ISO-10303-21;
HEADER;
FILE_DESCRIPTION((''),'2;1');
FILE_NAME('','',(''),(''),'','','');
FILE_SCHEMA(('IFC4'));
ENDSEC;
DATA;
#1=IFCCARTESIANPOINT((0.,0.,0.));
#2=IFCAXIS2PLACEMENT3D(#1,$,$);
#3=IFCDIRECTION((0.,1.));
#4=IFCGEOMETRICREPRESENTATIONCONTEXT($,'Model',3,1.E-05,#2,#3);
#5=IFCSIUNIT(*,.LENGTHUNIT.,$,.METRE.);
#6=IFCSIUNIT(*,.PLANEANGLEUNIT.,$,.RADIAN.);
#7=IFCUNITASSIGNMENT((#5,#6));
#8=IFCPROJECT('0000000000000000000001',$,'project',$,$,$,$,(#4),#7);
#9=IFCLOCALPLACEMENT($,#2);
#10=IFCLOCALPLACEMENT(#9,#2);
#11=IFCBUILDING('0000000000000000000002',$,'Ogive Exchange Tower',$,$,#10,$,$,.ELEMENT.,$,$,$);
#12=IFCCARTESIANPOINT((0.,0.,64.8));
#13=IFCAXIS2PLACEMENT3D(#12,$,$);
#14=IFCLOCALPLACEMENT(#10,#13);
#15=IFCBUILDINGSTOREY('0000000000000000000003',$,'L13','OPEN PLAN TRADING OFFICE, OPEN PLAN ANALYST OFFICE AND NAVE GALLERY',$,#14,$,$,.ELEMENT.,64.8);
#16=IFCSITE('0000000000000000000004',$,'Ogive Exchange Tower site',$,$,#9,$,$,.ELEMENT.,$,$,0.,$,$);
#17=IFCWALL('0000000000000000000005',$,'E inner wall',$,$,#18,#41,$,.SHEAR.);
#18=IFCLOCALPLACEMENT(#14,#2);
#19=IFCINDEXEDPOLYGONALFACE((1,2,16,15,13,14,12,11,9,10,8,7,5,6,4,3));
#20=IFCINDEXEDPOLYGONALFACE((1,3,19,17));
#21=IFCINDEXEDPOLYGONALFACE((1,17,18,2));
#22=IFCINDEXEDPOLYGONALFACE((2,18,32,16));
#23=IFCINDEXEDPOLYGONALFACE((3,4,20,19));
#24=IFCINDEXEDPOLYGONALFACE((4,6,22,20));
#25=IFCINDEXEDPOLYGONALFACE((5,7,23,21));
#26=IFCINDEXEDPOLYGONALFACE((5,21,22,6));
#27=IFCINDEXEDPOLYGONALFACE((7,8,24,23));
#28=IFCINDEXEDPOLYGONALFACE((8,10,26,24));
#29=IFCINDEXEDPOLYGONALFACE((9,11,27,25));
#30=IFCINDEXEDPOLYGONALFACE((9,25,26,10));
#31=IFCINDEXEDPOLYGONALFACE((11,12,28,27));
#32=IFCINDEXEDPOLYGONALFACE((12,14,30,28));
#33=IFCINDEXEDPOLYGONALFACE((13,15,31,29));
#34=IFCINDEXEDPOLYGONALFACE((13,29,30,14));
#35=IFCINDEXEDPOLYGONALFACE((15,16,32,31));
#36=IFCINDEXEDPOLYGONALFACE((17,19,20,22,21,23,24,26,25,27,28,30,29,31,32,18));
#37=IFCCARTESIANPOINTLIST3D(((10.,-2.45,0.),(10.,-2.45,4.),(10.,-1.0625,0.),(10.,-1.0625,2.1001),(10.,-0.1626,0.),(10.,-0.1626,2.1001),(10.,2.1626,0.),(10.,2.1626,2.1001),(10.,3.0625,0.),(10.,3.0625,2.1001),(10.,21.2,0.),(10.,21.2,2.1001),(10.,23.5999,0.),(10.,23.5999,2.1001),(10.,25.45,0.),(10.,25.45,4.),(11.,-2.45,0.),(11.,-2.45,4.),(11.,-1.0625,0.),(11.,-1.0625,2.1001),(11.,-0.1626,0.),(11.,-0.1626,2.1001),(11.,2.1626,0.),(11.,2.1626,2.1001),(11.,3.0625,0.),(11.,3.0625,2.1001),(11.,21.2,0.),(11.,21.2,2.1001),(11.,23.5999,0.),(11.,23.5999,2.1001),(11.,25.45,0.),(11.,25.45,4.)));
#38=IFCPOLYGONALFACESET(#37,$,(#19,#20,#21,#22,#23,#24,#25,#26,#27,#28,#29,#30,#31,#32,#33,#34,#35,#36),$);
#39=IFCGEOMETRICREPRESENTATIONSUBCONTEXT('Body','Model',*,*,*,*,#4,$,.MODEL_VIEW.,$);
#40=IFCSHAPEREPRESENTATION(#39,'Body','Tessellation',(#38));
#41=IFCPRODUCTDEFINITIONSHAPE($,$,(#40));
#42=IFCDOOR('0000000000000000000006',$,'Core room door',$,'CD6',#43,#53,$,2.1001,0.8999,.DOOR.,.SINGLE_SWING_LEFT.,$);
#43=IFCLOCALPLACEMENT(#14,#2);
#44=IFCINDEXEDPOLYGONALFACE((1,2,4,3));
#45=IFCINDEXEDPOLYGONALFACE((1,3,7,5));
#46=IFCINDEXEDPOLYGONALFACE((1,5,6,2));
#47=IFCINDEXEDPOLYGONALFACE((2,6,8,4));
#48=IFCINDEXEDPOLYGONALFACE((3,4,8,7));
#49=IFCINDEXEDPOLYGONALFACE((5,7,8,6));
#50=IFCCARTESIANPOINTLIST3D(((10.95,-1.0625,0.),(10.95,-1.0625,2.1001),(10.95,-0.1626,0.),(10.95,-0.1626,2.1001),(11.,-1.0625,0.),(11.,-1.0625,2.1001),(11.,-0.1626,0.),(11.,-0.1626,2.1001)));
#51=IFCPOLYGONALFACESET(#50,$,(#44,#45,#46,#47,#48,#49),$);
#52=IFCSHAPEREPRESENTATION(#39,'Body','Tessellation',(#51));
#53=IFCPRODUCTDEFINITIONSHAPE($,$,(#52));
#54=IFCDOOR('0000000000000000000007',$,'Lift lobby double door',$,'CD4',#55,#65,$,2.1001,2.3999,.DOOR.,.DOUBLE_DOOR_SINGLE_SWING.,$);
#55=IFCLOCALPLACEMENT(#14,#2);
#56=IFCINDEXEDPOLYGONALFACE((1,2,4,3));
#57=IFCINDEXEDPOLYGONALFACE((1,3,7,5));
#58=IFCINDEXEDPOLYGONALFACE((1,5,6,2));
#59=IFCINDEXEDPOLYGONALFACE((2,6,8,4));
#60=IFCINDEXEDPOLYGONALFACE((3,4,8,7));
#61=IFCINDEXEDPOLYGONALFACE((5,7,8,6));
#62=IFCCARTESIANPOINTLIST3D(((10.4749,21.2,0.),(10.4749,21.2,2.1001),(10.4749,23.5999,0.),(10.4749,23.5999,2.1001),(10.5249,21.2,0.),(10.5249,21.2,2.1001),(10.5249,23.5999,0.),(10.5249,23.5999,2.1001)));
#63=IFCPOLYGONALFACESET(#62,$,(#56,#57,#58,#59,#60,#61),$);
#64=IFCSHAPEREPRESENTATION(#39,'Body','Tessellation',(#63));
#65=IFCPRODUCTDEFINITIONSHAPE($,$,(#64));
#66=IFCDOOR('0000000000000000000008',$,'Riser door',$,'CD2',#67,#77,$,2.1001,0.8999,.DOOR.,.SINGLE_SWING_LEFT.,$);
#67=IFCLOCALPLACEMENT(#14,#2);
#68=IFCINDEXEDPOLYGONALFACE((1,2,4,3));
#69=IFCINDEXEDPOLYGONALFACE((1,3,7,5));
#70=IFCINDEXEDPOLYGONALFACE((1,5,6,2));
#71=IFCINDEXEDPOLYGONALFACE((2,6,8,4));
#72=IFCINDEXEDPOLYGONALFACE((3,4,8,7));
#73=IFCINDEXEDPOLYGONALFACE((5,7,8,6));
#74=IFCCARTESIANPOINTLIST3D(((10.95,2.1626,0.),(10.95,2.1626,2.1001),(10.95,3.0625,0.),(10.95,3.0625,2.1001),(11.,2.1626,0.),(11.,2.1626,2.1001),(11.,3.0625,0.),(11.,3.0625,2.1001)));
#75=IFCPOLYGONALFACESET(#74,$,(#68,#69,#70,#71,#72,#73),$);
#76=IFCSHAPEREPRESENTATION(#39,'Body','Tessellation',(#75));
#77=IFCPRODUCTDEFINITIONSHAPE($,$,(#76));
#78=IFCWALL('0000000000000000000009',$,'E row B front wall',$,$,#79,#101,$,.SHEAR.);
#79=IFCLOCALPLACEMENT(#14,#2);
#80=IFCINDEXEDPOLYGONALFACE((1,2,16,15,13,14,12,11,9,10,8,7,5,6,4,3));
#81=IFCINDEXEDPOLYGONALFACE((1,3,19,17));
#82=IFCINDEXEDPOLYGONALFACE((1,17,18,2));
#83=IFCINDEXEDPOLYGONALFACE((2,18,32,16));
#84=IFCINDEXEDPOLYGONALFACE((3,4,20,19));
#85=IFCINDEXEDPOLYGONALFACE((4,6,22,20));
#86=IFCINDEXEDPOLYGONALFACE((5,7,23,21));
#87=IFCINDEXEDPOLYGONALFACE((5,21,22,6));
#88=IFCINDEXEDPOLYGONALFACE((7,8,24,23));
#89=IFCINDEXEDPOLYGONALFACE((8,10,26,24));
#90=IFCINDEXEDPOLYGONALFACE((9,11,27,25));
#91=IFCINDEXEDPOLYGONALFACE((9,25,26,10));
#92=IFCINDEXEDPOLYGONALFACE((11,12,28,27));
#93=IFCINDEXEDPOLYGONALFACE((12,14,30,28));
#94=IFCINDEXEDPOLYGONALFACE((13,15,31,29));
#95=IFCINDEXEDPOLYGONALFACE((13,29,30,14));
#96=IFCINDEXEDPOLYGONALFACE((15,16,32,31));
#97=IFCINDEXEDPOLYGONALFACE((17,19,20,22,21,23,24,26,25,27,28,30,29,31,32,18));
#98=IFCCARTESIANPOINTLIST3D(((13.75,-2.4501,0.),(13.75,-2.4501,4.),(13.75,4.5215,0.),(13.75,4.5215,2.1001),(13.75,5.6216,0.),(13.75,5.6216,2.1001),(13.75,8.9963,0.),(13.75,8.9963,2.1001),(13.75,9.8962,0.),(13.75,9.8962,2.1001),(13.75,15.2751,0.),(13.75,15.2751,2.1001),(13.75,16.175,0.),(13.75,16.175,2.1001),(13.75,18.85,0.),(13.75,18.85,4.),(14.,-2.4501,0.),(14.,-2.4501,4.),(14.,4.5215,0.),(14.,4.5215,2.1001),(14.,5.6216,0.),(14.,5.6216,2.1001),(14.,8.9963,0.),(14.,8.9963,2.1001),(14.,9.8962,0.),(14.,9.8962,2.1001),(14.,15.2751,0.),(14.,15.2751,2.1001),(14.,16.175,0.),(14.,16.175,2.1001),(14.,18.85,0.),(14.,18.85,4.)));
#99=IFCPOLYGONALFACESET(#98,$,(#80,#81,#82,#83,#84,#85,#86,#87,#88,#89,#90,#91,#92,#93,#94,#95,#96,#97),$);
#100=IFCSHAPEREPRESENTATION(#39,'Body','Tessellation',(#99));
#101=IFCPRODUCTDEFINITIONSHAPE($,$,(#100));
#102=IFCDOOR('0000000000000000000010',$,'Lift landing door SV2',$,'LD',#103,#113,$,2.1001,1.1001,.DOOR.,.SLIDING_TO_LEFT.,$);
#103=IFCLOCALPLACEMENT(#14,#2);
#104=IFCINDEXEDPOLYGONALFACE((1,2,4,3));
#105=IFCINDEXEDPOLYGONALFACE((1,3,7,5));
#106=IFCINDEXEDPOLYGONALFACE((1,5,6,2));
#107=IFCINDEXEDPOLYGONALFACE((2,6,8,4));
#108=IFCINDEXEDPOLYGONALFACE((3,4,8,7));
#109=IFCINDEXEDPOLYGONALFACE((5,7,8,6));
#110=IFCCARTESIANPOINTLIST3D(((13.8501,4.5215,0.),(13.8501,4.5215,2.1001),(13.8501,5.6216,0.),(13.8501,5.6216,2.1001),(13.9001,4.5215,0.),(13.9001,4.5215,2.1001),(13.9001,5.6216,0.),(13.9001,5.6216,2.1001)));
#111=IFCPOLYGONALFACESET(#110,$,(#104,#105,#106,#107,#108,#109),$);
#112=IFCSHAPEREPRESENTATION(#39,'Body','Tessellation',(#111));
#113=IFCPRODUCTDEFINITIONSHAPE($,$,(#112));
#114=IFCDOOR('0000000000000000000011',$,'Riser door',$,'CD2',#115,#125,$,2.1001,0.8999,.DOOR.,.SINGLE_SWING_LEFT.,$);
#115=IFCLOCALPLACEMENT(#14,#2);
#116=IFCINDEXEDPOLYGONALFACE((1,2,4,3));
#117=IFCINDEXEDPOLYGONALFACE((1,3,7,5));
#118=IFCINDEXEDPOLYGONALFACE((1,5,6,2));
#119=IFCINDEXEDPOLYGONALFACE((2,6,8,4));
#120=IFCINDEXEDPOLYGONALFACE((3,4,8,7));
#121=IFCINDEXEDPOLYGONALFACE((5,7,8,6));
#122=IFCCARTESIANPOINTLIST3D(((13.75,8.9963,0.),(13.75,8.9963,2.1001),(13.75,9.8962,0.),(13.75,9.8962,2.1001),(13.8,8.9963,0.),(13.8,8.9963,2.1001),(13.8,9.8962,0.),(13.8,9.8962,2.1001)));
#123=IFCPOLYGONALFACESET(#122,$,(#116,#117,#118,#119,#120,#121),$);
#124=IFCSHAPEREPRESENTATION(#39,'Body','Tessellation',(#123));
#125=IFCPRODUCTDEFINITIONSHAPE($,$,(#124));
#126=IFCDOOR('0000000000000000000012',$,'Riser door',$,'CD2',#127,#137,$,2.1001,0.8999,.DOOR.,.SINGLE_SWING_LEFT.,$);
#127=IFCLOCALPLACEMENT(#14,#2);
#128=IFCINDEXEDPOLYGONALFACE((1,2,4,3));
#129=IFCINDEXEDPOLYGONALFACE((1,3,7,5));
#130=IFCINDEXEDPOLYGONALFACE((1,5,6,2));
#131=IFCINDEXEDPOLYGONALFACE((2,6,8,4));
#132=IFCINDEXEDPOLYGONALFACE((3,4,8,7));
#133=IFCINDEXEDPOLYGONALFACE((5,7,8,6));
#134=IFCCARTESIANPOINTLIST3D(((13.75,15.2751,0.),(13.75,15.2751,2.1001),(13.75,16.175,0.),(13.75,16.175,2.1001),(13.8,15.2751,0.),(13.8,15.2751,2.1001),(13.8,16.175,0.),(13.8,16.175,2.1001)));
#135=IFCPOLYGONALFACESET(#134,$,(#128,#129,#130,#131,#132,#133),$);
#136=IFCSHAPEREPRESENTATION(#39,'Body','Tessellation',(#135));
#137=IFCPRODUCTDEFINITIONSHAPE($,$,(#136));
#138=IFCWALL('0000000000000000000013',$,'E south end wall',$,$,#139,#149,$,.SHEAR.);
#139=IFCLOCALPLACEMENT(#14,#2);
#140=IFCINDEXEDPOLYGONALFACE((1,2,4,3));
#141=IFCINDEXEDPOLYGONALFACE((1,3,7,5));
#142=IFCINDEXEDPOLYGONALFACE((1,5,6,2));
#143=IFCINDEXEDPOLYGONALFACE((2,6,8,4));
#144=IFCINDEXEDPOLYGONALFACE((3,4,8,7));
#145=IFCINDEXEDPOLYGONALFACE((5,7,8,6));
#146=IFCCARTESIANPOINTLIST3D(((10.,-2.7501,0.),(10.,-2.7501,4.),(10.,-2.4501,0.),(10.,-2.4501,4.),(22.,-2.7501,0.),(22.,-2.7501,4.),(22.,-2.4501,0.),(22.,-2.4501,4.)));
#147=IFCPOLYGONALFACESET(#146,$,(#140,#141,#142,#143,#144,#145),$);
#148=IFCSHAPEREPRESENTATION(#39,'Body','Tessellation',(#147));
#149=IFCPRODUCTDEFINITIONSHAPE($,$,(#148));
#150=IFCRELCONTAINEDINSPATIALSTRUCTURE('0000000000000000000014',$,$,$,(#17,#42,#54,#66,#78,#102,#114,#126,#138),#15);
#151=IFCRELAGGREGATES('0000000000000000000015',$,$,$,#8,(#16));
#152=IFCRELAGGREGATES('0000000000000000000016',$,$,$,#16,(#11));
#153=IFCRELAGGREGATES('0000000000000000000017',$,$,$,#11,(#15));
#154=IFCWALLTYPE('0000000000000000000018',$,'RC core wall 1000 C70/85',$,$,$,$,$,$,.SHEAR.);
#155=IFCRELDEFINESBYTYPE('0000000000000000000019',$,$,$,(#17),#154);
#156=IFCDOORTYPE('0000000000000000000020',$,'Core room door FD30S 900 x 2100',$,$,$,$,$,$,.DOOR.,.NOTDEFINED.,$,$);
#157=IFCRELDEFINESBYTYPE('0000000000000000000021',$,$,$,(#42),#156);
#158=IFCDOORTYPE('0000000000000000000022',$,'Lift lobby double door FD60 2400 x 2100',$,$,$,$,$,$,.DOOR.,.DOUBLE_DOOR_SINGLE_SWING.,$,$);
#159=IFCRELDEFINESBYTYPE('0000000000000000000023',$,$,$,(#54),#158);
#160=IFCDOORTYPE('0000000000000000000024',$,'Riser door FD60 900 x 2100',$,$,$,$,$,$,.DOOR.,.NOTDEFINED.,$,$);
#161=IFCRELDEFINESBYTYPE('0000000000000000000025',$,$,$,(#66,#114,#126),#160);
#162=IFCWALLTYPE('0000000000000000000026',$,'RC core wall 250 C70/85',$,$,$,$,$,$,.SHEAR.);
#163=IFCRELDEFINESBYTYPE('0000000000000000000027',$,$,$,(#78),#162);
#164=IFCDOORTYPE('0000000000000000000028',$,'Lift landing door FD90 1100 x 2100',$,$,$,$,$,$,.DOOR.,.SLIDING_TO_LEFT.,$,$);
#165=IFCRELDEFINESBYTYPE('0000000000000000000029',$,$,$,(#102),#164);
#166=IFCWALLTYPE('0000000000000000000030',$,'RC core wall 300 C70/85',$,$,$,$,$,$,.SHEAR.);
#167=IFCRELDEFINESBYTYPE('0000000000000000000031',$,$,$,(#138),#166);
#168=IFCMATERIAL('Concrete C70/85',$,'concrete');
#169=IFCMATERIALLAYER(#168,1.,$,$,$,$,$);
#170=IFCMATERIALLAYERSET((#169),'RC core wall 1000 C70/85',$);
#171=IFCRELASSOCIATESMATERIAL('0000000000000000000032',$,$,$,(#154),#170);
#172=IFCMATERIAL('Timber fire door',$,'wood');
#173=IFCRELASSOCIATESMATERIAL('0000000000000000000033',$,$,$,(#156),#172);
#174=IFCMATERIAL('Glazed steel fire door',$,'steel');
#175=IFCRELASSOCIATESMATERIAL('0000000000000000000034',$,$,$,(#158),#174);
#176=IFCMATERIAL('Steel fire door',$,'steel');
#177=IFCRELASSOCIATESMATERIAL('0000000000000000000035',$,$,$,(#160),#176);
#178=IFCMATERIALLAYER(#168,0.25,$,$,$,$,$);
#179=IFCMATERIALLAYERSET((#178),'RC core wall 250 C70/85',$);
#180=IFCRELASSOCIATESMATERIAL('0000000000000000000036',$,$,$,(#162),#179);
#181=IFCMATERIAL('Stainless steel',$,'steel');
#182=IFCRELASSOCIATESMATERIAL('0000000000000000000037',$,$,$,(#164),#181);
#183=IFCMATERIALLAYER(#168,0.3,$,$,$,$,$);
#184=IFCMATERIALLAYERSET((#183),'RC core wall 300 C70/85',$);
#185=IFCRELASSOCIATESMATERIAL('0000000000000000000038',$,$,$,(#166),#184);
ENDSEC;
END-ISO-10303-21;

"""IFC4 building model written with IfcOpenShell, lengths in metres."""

from ifc_helpers import new_model, si_unit, direction, frame, frame_2d, origin, place, context, subcontext, project, spatial, rectangle, extrude, material, layer, layer_set, type_object, element, fill, save


model = new_model("IFC4")

# Units and contexts
model_context = context("Model", 3, precision=1e-05, world=origin(), true_north=direction((0.0, 1.0)))
body_context = subcontext(model_context, "Body", "Model", "MODEL_VIEW")
ifc_project = project(units=[si_unit("LENGTHUNIT", "METRE"), si_unit("PLANEANGLEUNIT", "RADIAN")], contexts=[model_context])

# Site, building, storey
site_placement = place(None, origin())
site = spatial("IfcSite", under=ifc_project, at=site_placement, Name="Ogive Exchange Tower site", CompositionType="ELEMENT", RefElevation=0.0)
building_placement = place(site_placement, origin())
building = spatial("IfcBuilding", under=site, at=building_placement, Name="Ogive Exchange Tower", CompositionType="ELEMENT")
storey_placement = place(building_placement, frame((0.0, 0.0, 64.8)))
storey = spatial("IfcBuildingStorey", under=building, at=storey_placement, Name="L13", Description="OPEN PLAN TRADING OFFICE, OPEN PLAN ANALYST OFFICE AND NAVE GALLERY", CompositionType="ELEMENT", Elevation=64.8)

# Shared definitions
ifc_material_1 = material(Name="Concrete C70/85", Category="concrete")

# Walls, openings, doors
ifc_layer_1 = layer(ifc_material_1, 1.0)
ifc_layer_set_1 = layer_set([ifc_layer_1], Name="RC core wall 1000 C70/85")
wall_type_1 = type_object("IfcWallType", Name="RC core wall 1000 C70/85", PredefinedType="SHEAR", material=ifc_layer_set_1)
wall_1_placement = place(storey_placement, frame((10.5, -2.45, 0.0), z_axis=(0.0, 0.0, 1.0), x_axis=(0.0, 1.0, 0.0)))
wall_1 = element("IfcWall", 1, at=wall_1_placement, inside=storey, type_object=wall_type_1, Name="E inner wall", PredefinedType="SHEAR", context=body_context, shape_type="SweptSolid", body=[
    extrude(rectangle(XDim=27.8999, YDim=1.0, at=frame_2d((13.95, 0.0))), origin(), (0.0, 0.0, 1.0), 4.0),
])
opening_1_placement = place(wall_1_placement, frame((23.6499, 0.0, 0.0)))
opening_1 = element("IfcOpeningElement", 2, at=opening_1_placement, cuts=wall_1, PredefinedType="OPENING", context=body_context, shape_type="SweptSolid", body=[
    extrude(rectangle(XDim=2.3999, YDim=2.1001, at=frame_2d((1.2, 1.05))), frame((0.0, 0.51, 0.0), z_axis=(0.0, -1.0, 0.0), x_axis=(1.0, 0.0, 0.0)), (0.0, 0.0, 1.0), 1.02),
])
opening_2_placement = place(wall_1_placement, frame((1.3875, 0.0, 0.0)))
opening_2 = element("IfcOpeningElement", 3, at=opening_2_placement, cuts=wall_1, PredefinedType="OPENING", context=body_context, shape_type="SweptSolid", body=[
    extrude(rectangle(XDim=0.8999, YDim=2.1001, at=frame_2d((0.45, 1.05))), frame((0.0, 0.51, 0.0), z_axis=(0.0, -1.0, 0.0), x_axis=(1.0, 0.0, 0.0)), (0.0, 0.0, 1.0), 1.02),
])
opening_3_placement = place(wall_1_placement, frame((4.6125, 0.0, 0.0)))
opening_3 = element("IfcOpeningElement", 4, at=opening_3_placement, cuts=wall_1, PredefinedType="OPENING", context=body_context, shape_type="SweptSolid", body=[
    extrude(rectangle(XDim=0.8999, YDim=2.1001, at=frame_2d((0.45, 1.05))), frame((0.0, 0.51, 0.0), z_axis=(0.0, -1.0, 0.0), x_axis=(1.0, 0.0, 0.0)), (0.0, 0.0, 1.0), 1.02),
])
ifc_material_2 = material(Name="Timber fire door", Category="wood")
door_type_1 = type_object("IfcDoorType", Name="Core room door FD30S 900 x 2100", OperationType="NOTDEFINED", PredefinedType="DOOR", material=ifc_material_2)
door_1_placement = place(opening_2_placement, frame((0.8999, -0.9502, 0.0), z_axis=(0.0, 0.0, 1.0), x_axis=(-1.0, 0.0, 0.0)))
door_1 = element("IfcDoor", 5, at=door_1_placement, inside=storey, type_object=door_type_1, Name="Core room door", ObjectType="CD6", OperationType="SINGLE_SWING_LEFT", OverallHeight=2.1001, OverallWidth=0.8999, PredefinedType="DOOR", context=body_context, shape_type="SweptSolid", body=[
    extrude(rectangle(XDim=0.8999, YDim=2.1001, at=frame_2d((0.45, 1.05))), frame((0.0, -0.4502, 0.0), z_axis=(0.0, -1.0, 0.0), x_axis=(1.0, 0.0, 0.0)), (0.0, 0.0, 1.0), 0.05),
])
fill(opening_2, door_1)
ifc_material_3 = material(Name="Glazed steel fire door", Category="steel")
door_type_2 = type_object("IfcDoorType", Name="Lift lobby double door FD60 2400 x 2100", OperationType="DOUBLE_DOOR_SINGLE_SWING", PredefinedType="DOOR", material=ifc_material_3)
door_2_placement = place(opening_1_placement, frame((2.3999, 0.0, 0.0), z_axis=(0.0, 0.0, 1.0), x_axis=(-1.0, 0.0, 0.0)))
door_2 = element("IfcDoor", 6, at=door_2_placement, inside=storey, type_object=door_type_2, Name="Lift lobby double door", ObjectType="CD4", OperationType="DOUBLE_DOOR_SINGLE_SWING", OverallHeight=2.1001, OverallWidth=2.3999, PredefinedType="DOOR", context=body_context, shape_type="SweptSolid", body=[
    extrude(rectangle(XDim=2.3999, YDim=2.1001, at=frame_2d((1.2, 1.05))), frame((0.0, 0.0249, 0.0), z_axis=(0.0, -1.0, 0.0), x_axis=(1.0, 0.0, 0.0)), (0.0, 0.0, 1.0), 0.05),
])
fill(opening_1, door_2)
ifc_material_4 = material(Name="Steel fire door", Category="steel")
door_type_3 = type_object("IfcDoorType", Name="Riser door FD60 900 x 2100", OperationType="NOTDEFINED", PredefinedType="DOOR", material=ifc_material_4)
door_3_placement = place(opening_3_placement, frame((0.8999, -0.9502, 0.0), z_axis=(0.0, 0.0, 1.0), x_axis=(-1.0, 0.0, 0.0)))
door_3 = element("IfcDoor", 7, at=door_3_placement, inside=storey, type_object=door_type_3, Name="Riser door", ObjectType="CD2", OperationType="SINGLE_SWING_LEFT", OverallHeight=2.1001, OverallWidth=0.8999, PredefinedType="DOOR", context=body_context, shape_type="SweptSolid", body=[
    extrude(rectangle(XDim=0.8999, YDim=2.1001, at=frame_2d((0.45, 1.05))), frame((0.0, -0.4502, 0.0), z_axis=(0.0, -1.0, 0.0), x_axis=(1.0, 0.0, 0.0)), (0.0, 0.0, 1.0), 0.05),
])
fill(opening_3, door_3)
ifc_layer_2 = layer(ifc_material_1, 0.25)
ifc_layer_set_2 = layer_set([ifc_layer_2], Name="RC core wall 250 C70/85")
wall_type_2 = type_object("IfcWallType", Name="RC core wall 250 C70/85", PredefinedType="SHEAR", material=ifc_layer_set_2)
wall_2_placement = place(storey_placement, frame((13.875, -2.45, 0.0), z_axis=(0.0, 0.0, 1.0), x_axis=(0.0, 1.0, 0.0)))
wall_2 = element("IfcWall", 8, at=wall_2_placement, inside=storey, type_object=wall_type_2, Name="E row B front wall", PredefinedType="SHEAR", context=body_context, shape_type="SweptSolid", body=[
    extrude(rectangle(XDim=21.3, YDim=0.25, at=frame_2d((10.6499, 0.0))), origin(), (0.0, 0.0, 1.0), 4.0),
])
opening_4_placement = place(wall_2_placement, frame((11.4463, 0.0, 0.0)))
opening_4 = element("IfcOpeningElement", 9, at=opening_4_placement, cuts=wall_2, PredefinedType="OPENING", context=body_context, shape_type="SweptSolid", body=[
    extrude(rectangle(XDim=0.8999, YDim=2.1001, at=frame_2d((0.45, 1.05))), frame((0.0, 0.135, 0.0), z_axis=(0.0, -1.0, 0.0), x_axis=(1.0, 0.0, 0.0)), (0.0, 0.0, 1.0), 0.27),
])
opening_5_placement = place(wall_2_placement, frame((17.7251, 0.0, 0.0)))
opening_5 = element("IfcOpeningElement", 10, at=opening_5_placement, cuts=wall_2, PredefinedType="OPENING", context=body_context, shape_type="SweptSolid", body=[
    extrude(rectangle(XDim=0.8999, YDim=2.1001, at=frame_2d((0.45, 1.05))), frame((0.0, 0.135, 0.0), z_axis=(0.0, -1.0, 0.0), x_axis=(1.0, 0.0, 0.0)), (0.0, 0.0, 1.0), 0.27),
])
opening_6_placement = place(wall_2_placement, frame((6.9714, 0.0, 0.0)))
opening_6 = element("IfcOpeningElement", 11, at=opening_6_placement, cuts=wall_2, PredefinedType="OPENING", context=body_context, shape_type="SweptSolid", body=[
    extrude(rectangle(XDim=1.1001, YDim=2.1001, at=frame_2d((0.55, 1.05))), frame((0.0, 0.135, 0.0), z_axis=(0.0, -1.0, 0.0), x_axis=(1.0, 0.0, 0.0)), (0.0, 0.0, 1.0), 0.27),
])
ifc_material_5 = material(Name="Stainless steel", Category="steel")
door_type_4 = type_object("IfcDoorType", Name="Lift landing door FD90 1100 x 2100", OperationType="SLIDING_TO_LEFT", PredefinedType="DOOR", material=ifc_material_5)
door_4_placement = place(opening_6_placement, origin())
door_4 = element("IfcDoor", 12, at=door_4_placement, inside=storey, type_object=door_type_4, Name="Lift landing door SV2", ObjectType="LD", OperationType="SLIDING_TO_LEFT", OverallHeight=2.1001, OverallWidth=1.1001, PredefinedType="DOOR", context=body_context, shape_type="SweptSolid", body=[
    extrude(rectangle(XDim=1.1001, YDim=2.1001, at=frame_2d((0.55, 1.05))), frame((0.0, 0.0249, 0.0), z_axis=(0.0, -1.0, 0.0), x_axis=(1.0, 0.0, 0.0)), (0.0, 0.0, 1.0), 0.05),
])
fill(opening_6, door_4)
door_5_placement = place(opening_4_placement, origin())
door_5 = element("IfcDoor", 13, at=door_5_placement, inside=storey, type_object=door_type_3, Name="Riser door", ObjectType="CD2", OperationType="SINGLE_SWING_LEFT", OverallHeight=2.1001, OverallWidth=0.8999, PredefinedType="DOOR", context=body_context, shape_type="SweptSolid", body=[
    extrude(rectangle(XDim=0.8999, YDim=2.1001, at=frame_2d((0.45, 1.05))), frame((0.0, 0.125, 0.0), z_axis=(0.0, -1.0, 0.0), x_axis=(1.0, 0.0, 0.0)), (0.0, 0.0, 1.0), 0.05),
])
fill(opening_4, door_5)
door_6_placement = place(opening_5_placement, origin())
door_6 = element("IfcDoor", 14, at=door_6_placement, inside=storey, type_object=door_type_3, Name="Riser door", ObjectType="CD2", OperationType="SINGLE_SWING_LEFT", OverallHeight=2.1001, OverallWidth=0.8999, PredefinedType="DOOR", context=body_context, shape_type="SweptSolid", body=[
    extrude(rectangle(XDim=0.8999, YDim=2.1001, at=frame_2d((0.45, 1.05))), frame((0.0, 0.125, 0.0), z_axis=(0.0, -1.0, 0.0), x_axis=(1.0, 0.0, 0.0)), (0.0, 0.0, 1.0), 0.05),
])
fill(opening_5, door_6)

# Wall
ifc_layer_3 = layer(ifc_material_1, 0.3)
ifc_layer_set_3 = layer_set([ifc_layer_3], Name="RC core wall 300 C70/85")
wall_type_3 = type_object("IfcWallType", Name="RC core wall 300 C70/85", PredefinedType="SHEAR", material=ifc_layer_set_3)
wall_3_placement = place(storey_placement, frame((10.0, -2.6001, 0.0), z_axis=(0.0, 0.0, 1.0), x_axis=(1.0, 0.0, 0.0)))
element("IfcWall", 15, at=wall_3_placement, inside=storey, type_object=wall_type_3, Name="E south end wall", PredefinedType="SHEAR", context=body_context, shape_type="SweptSolid", body=[
    extrude(rectangle(XDim=12.0, YDim=0.3, at=frame_2d((6.0, 0.0))), origin(), (0.0, 0.0, 1.0), 4.0),
])

save(model, "model.ifc")
